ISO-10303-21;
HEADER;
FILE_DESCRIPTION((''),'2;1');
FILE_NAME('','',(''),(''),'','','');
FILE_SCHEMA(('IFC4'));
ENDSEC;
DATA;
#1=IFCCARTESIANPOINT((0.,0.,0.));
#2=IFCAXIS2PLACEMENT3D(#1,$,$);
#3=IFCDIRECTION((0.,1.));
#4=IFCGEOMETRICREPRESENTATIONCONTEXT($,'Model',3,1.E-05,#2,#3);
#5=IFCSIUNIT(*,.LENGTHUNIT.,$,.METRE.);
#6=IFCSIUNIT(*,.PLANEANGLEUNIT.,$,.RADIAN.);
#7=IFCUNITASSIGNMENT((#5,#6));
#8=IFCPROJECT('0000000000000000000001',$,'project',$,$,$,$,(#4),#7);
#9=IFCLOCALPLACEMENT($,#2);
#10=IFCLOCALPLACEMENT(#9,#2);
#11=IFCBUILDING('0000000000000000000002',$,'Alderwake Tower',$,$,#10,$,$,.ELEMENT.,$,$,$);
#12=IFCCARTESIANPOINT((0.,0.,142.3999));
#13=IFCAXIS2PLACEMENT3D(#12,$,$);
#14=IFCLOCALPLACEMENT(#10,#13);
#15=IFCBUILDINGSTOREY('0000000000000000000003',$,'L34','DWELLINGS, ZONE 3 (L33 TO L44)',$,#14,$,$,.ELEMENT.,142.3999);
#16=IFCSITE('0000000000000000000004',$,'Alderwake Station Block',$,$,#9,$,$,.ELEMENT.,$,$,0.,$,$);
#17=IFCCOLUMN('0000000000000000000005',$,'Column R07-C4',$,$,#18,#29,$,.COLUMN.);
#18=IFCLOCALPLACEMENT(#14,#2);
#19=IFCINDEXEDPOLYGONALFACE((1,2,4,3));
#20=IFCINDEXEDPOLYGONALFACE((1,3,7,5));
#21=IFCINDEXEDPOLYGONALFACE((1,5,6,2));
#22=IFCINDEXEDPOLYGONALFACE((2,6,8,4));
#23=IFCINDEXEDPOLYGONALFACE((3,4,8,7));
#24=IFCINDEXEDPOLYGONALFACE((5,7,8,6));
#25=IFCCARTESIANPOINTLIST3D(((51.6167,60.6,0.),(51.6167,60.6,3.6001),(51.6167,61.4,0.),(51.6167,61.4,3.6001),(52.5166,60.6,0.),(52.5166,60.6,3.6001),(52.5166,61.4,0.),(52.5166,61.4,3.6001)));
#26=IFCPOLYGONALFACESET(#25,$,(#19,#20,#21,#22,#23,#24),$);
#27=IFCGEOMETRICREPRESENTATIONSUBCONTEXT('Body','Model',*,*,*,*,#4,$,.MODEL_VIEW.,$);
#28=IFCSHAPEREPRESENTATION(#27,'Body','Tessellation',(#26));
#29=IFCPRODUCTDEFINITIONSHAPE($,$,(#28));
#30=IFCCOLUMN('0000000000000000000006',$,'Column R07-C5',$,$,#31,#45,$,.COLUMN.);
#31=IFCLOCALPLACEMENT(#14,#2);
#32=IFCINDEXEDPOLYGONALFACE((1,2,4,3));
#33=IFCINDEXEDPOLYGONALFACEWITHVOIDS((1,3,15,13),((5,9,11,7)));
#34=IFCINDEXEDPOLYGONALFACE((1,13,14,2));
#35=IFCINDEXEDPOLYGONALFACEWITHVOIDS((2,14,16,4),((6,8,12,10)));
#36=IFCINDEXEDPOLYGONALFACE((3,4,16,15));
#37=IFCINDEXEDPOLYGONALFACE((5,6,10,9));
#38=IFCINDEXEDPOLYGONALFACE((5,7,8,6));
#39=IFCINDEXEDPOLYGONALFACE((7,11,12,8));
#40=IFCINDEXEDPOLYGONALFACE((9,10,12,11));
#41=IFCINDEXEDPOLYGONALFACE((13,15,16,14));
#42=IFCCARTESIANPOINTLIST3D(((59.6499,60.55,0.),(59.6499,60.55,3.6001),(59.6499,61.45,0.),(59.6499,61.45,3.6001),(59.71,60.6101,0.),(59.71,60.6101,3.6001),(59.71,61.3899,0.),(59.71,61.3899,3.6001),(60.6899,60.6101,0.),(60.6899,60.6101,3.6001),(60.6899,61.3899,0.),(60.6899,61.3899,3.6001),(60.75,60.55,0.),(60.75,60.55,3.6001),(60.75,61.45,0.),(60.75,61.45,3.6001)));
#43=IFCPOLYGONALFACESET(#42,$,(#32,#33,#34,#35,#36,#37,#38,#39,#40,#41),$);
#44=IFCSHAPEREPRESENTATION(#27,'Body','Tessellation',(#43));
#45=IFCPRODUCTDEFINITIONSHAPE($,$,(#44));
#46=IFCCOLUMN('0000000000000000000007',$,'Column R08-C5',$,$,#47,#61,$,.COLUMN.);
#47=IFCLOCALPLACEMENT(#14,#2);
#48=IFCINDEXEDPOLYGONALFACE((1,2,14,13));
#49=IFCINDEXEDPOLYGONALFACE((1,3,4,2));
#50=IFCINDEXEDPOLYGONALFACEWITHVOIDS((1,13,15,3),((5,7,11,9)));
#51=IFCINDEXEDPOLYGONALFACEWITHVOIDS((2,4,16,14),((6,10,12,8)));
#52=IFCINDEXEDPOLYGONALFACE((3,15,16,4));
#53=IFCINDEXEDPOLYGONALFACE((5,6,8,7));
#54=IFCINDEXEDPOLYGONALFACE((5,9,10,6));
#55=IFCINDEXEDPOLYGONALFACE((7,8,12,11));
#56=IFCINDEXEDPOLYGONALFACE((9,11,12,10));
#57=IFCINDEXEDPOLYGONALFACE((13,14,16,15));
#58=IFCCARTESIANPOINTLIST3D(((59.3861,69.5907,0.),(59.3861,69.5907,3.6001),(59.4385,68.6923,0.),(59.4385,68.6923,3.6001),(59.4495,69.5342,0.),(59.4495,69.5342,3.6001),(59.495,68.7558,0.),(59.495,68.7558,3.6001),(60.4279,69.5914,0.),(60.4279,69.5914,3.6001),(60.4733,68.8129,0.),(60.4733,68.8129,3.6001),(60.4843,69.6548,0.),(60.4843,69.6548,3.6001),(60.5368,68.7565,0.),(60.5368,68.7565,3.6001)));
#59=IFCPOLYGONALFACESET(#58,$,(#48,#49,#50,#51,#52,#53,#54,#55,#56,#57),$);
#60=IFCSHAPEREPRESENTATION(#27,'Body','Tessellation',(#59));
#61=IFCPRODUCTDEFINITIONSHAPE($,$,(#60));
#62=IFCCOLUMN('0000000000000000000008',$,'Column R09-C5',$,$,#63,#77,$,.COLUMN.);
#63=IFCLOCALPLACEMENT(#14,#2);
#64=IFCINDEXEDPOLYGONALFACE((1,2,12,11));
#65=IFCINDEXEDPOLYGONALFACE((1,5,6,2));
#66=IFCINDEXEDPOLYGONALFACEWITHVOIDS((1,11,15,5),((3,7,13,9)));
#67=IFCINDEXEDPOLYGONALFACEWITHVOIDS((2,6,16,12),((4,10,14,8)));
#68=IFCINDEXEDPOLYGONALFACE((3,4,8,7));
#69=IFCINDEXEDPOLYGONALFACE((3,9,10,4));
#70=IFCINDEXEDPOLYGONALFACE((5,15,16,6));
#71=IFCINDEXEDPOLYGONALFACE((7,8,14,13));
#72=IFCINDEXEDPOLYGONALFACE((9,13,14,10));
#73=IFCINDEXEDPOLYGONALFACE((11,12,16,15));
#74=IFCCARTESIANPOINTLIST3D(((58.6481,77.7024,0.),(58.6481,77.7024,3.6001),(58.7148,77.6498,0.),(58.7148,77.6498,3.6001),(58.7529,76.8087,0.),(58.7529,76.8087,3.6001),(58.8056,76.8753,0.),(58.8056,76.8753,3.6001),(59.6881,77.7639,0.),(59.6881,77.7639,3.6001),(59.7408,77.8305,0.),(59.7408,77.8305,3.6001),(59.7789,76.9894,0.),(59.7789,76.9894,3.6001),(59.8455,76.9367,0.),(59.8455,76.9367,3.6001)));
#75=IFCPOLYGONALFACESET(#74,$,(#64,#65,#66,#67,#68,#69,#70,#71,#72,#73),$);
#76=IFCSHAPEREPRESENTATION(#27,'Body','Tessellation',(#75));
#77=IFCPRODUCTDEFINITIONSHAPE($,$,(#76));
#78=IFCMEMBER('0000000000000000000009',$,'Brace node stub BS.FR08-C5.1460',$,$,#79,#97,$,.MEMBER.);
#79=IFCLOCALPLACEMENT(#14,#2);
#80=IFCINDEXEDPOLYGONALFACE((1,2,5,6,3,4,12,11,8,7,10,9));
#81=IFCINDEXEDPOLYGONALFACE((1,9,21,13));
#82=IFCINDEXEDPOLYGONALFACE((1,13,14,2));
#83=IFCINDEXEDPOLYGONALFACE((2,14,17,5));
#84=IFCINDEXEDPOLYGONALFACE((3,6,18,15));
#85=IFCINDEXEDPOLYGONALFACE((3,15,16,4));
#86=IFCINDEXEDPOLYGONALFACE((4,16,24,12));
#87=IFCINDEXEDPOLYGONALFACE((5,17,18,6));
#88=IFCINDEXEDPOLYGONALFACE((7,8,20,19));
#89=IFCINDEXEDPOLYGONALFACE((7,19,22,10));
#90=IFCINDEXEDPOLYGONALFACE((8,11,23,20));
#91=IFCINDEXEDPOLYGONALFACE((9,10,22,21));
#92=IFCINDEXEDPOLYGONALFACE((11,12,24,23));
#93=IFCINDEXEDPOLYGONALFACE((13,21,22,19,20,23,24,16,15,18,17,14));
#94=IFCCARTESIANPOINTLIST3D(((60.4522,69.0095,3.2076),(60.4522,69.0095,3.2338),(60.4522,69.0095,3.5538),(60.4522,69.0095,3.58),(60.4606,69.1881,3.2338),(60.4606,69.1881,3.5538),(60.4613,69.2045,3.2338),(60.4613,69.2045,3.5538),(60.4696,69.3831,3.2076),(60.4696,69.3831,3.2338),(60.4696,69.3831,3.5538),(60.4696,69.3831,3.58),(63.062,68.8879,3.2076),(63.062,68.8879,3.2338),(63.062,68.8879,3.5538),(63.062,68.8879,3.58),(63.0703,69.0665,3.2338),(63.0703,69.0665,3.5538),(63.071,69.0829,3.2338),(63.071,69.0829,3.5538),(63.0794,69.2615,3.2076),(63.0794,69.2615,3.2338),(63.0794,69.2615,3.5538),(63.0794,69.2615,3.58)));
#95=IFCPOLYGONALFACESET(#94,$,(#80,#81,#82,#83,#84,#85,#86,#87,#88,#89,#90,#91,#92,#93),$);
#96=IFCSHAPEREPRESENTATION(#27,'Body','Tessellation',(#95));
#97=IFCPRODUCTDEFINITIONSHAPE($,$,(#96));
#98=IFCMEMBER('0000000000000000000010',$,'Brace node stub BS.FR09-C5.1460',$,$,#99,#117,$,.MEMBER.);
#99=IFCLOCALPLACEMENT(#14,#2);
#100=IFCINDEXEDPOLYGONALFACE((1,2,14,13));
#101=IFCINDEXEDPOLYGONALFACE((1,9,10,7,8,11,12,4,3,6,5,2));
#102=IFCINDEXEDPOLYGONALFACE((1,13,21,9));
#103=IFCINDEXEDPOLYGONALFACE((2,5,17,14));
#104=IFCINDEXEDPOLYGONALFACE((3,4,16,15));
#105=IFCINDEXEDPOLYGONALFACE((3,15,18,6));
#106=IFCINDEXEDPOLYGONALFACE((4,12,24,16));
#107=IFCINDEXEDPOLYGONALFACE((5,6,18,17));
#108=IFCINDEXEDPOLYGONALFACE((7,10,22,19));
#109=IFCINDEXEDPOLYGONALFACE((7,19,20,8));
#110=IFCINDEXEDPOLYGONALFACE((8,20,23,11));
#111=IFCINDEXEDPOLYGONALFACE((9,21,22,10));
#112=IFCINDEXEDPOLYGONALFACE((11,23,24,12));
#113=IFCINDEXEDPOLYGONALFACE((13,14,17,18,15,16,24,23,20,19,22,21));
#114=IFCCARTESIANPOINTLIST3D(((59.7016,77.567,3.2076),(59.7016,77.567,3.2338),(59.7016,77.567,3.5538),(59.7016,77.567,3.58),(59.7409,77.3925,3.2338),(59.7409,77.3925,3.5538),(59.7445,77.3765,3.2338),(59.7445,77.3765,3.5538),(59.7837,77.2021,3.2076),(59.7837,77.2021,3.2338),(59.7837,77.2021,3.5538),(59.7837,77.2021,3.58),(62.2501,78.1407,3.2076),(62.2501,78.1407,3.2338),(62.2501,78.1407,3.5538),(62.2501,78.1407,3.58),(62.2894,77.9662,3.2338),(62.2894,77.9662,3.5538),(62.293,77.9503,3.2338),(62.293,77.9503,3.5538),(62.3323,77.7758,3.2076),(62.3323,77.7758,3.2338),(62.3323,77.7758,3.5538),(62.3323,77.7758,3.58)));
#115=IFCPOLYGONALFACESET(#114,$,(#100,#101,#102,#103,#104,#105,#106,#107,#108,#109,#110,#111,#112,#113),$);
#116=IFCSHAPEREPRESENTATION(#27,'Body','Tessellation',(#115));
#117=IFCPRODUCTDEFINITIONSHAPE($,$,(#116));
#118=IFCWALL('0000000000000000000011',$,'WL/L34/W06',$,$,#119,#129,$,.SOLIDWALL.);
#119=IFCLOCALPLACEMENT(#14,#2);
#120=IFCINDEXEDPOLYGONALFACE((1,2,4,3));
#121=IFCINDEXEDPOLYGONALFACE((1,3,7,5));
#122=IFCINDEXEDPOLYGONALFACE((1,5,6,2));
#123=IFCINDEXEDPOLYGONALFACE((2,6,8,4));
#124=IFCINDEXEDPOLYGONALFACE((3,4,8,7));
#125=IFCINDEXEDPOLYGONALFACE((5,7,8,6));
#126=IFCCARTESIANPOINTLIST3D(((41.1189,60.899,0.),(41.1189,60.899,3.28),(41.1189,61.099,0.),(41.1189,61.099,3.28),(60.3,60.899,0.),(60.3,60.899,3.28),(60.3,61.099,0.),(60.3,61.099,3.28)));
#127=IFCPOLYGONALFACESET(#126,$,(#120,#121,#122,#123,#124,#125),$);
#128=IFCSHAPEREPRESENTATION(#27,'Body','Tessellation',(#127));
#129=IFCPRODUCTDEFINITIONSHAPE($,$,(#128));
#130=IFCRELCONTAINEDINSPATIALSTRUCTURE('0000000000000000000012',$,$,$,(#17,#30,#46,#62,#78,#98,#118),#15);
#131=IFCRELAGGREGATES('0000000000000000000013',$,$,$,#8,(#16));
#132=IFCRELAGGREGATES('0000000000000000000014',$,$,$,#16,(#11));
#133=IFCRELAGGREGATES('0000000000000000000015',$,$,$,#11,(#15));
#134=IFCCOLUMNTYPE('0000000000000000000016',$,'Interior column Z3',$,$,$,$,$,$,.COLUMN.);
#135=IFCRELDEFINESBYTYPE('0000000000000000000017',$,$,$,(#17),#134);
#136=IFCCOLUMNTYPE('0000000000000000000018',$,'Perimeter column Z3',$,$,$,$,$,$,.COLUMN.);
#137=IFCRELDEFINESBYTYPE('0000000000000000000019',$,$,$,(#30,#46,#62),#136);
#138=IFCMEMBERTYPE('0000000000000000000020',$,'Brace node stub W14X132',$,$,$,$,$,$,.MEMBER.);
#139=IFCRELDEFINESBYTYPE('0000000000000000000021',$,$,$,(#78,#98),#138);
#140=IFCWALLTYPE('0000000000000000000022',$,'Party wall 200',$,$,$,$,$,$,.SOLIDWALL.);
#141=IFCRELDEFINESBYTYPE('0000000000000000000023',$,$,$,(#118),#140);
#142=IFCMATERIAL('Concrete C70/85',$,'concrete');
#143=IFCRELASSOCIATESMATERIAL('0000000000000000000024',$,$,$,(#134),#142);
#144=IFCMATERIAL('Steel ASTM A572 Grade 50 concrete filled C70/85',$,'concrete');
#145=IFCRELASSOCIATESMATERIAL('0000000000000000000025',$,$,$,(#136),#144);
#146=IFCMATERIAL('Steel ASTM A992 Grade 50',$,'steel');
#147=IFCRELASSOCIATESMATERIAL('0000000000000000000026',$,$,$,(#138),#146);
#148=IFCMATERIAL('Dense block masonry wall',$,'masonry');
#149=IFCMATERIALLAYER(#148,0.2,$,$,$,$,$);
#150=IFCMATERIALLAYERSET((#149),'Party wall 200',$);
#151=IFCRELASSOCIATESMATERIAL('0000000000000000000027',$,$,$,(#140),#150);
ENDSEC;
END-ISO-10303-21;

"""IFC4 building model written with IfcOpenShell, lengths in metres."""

from ifc_helpers import new_model, si_unit, direction, frame, frame_2d, origin, origin_2d, place, context, subcontext, project, spatial, rectangle, hollow_rectangle, i_section, extrude, material, layer, layer_set, material_profile, profile_set, type_object, element, save


model = new_model("IFC4")

# Units and contexts
model_context = context("Model", 3, precision=1e-05, world=origin(), true_north=direction((0.0, 1.0)))
body_context = subcontext(model_context, "Body", "Model", "MODEL_VIEW")
ifc_project = project(units=[si_unit("LENGTHUNIT", "METRE"), si_unit("PLANEANGLEUNIT", "RADIAN")], contexts=[model_context])

# Site, building, storey
site_placement = place(None, origin())
site = spatial("IfcSite", under=ifc_project, at=site_placement, Name="Alderwake Station Block", CompositionType="ELEMENT", RefElevation=0.0)
building_placement = place(site_placement, origin())
building = spatial("IfcBuilding", under=site, at=building_placement, Name="Alderwake Tower", CompositionType="ELEMENT")
storey_placement = place(building_placement, frame((0.0, 0.0, 142.3999)))
storey = spatial("IfcBuildingStorey", under=building, at=storey_placement, Name="L34", Description="DWELLINGS, ZONE 3 (L33 TO L44)", CompositionType="ELEMENT", Elevation=142.3999)

# Columns
ifc_material_1 = material(Name="Concrete C70/85", Category="concrete")
ifc_material_profile_1 = material_profile(ifc_material_1, rectangle(XDim=0.8, YDim=0.8999, at=origin_2d()), Name="RC 900X800")
ifc_profile_set_1 = profile_set([ifc_material_profile_1], Name="Concrete C70/85")
column_type_1 = type_object("IfcColumnType", Name="Interior column Z3", PredefinedType="COLUMN", material=ifc_profile_set_1)
column_placement = place(storey_placement, frame((52.0667, 61.0, 0.0), z_axis=(0.0, 0.0, 1.0), x_axis=(0.0, 1.0, 0.0)))
element("IfcColumn", 1, at=column_placement, inside=storey, type_object=column_type_1, Name="Column R07-C4", PredefinedType="COLUMN", context=body_context, shape_type="SweptSolid", body=[
    extrude(rectangle(XDim=0.8, YDim=0.8999, at=origin_2d()), origin(), (0.0, 0.0, 1.0), 3.6001),
])
ifc_material_2 = material(Name="Steel ASTM A572 Grade 50 concrete filled C70/85", Category="concrete")
ifc_material_profile_2 = material_profile(ifc_material_2, hollow_rectangle(XDim=0.8999, YDim=1.1001, WallThickness=0.0601, at=origin_2d()), Name="BOX 1100X900X60")
ifc_profile_set_2 = profile_set([ifc_material_profile_2], Name="Steel ASTM A572 Grade 50 concrete filled C70/85")
column_type_2 = type_object("IfcColumnType", Name="Perimeter column Z3", PredefinedType="COLUMN", material=ifc_profile_set_2)
for number, where, z_axis, x_axis, name in (
    (2, (60.2, 61.0, 0.0), (0.0, 0.0, 1.0), (0.0, 1.0, 0.0), "Column R07-C5"),
    (3, (59.9614, 69.1736, 0.0), (0.0, 0.0, 1.0), (-0.058301, 0.998299, 0.0), "Column R08-C5"),
    (4, (59.2468, 77.3196, 0.0), (0.0, 0.0, 1.0), (-0.116402, 0.993202, 0.0), "Column R09-C5"),
):
    element("IfcColumn", number, at=place(storey_placement, frame(where, z_axis=z_axis, x_axis=x_axis)), inside=storey, type_object=column_type_2, Name=name, PredefinedType="COLUMN", context=body_context, shape_type="SweptSolid", body=[
        extrude(hollow_rectangle(XDim=0.8999, YDim=1.1001, WallThickness=0.0601, at=origin_2d()), origin(), (0.0, 0.0, 1.0), 3.6001),
    ])

# Members
ifc_material_3 = material(Name="Steel ASTM A992 Grade 50", Category="steel")
ifc_material_profile_3 = material_profile(ifc_material_3, i_section(OverallWidth=0.374, OverallDepth=0.3723, WebThickness=0.0164, FlangeThickness=0.0261, at=origin_2d()), Name="W14X132")
ifc_profile_set_3 = profile_set([ifc_material_profile_3], Name="Steel ASTM A992 Grade 50")
member_type = type_object("IfcMemberType", Name="Brace node stub W14X132", PredefinedType="MEMBER", material=ifc_profile_set_3)
member_1_placement = place(storey_placement, frame((60.4609, 69.1963, 3.3938), z_axis=(0.998916, -0.046539, 0.0), x_axis=(0.046539, 0.998916, 0.0)))
element("IfcMember", 5, at=member_1_placement, inside=storey, type_object=member_type, Name="Brace node stub BS.FR08-C5.1460", PredefinedType="MEMBER", context=body_context, shape_type="SweptSolid", body=[
    extrude(i_section(OverallWidth=0.374, OverallDepth=0.3723, WebThickness=0.0164, FlangeThickness=0.0261, at=origin_2d()), origin(), (0.0, 0.0, 1.0), 2.6125),
])
member_2_placement = place(storey_placement, frame((59.7427, 77.3845, 3.3938), z_axis=(0.975585, 0.219621, 0.0), x_axis=(-0.219621, 0.975585, 0.0)))
element("IfcMember", 6, at=member_2_placement, inside=storey, type_object=member_type, Name="Brace node stub BS.FR09-C5.1460", PredefinedType="MEMBER", context=body_context, shape_type="SweptSolid", body=[
    extrude(i_section(OverallWidth=0.374, OverallDepth=0.3723, WebThickness=0.0164, FlangeThickness=0.0261, at=origin_2d()), origin(), (0.0, 0.0, 1.0), 2.6123),
])

# Wall
ifc_material_4 = material(Name="Dense block masonry wall", Category="masonry")
ifc_layer_1 = layer(ifc_material_4, 0.2)
ifc_layer_set_1 = layer_set([ifc_layer_1], Name="Party wall 200")
wall_type_1 = type_object("IfcWallType", Name="Party wall 200", PredefinedType="SOLIDWALL", material=ifc_layer_set_1)
wall_1_placement = place(storey_placement, frame((60.3, 60.999, 0.0), z_axis=(0.0, 0.0, 1.0), x_axis=(-1.0, 0.0, 0.0)))
element("IfcWall", 7, at=wall_1_placement, inside=storey, type_object=wall_type_1, Name="WL/L34/W06", PredefinedType="SOLIDWALL", context=body_context, shape_type="SweptSolid", body=[
    extrude(rectangle(XDim=19.1812, YDim=0.2, at=frame_2d((9.5906, 0.0))), origin(), (0.0, 0.0, 1.0), 3.28),
])

save(model, "model.ifc")
